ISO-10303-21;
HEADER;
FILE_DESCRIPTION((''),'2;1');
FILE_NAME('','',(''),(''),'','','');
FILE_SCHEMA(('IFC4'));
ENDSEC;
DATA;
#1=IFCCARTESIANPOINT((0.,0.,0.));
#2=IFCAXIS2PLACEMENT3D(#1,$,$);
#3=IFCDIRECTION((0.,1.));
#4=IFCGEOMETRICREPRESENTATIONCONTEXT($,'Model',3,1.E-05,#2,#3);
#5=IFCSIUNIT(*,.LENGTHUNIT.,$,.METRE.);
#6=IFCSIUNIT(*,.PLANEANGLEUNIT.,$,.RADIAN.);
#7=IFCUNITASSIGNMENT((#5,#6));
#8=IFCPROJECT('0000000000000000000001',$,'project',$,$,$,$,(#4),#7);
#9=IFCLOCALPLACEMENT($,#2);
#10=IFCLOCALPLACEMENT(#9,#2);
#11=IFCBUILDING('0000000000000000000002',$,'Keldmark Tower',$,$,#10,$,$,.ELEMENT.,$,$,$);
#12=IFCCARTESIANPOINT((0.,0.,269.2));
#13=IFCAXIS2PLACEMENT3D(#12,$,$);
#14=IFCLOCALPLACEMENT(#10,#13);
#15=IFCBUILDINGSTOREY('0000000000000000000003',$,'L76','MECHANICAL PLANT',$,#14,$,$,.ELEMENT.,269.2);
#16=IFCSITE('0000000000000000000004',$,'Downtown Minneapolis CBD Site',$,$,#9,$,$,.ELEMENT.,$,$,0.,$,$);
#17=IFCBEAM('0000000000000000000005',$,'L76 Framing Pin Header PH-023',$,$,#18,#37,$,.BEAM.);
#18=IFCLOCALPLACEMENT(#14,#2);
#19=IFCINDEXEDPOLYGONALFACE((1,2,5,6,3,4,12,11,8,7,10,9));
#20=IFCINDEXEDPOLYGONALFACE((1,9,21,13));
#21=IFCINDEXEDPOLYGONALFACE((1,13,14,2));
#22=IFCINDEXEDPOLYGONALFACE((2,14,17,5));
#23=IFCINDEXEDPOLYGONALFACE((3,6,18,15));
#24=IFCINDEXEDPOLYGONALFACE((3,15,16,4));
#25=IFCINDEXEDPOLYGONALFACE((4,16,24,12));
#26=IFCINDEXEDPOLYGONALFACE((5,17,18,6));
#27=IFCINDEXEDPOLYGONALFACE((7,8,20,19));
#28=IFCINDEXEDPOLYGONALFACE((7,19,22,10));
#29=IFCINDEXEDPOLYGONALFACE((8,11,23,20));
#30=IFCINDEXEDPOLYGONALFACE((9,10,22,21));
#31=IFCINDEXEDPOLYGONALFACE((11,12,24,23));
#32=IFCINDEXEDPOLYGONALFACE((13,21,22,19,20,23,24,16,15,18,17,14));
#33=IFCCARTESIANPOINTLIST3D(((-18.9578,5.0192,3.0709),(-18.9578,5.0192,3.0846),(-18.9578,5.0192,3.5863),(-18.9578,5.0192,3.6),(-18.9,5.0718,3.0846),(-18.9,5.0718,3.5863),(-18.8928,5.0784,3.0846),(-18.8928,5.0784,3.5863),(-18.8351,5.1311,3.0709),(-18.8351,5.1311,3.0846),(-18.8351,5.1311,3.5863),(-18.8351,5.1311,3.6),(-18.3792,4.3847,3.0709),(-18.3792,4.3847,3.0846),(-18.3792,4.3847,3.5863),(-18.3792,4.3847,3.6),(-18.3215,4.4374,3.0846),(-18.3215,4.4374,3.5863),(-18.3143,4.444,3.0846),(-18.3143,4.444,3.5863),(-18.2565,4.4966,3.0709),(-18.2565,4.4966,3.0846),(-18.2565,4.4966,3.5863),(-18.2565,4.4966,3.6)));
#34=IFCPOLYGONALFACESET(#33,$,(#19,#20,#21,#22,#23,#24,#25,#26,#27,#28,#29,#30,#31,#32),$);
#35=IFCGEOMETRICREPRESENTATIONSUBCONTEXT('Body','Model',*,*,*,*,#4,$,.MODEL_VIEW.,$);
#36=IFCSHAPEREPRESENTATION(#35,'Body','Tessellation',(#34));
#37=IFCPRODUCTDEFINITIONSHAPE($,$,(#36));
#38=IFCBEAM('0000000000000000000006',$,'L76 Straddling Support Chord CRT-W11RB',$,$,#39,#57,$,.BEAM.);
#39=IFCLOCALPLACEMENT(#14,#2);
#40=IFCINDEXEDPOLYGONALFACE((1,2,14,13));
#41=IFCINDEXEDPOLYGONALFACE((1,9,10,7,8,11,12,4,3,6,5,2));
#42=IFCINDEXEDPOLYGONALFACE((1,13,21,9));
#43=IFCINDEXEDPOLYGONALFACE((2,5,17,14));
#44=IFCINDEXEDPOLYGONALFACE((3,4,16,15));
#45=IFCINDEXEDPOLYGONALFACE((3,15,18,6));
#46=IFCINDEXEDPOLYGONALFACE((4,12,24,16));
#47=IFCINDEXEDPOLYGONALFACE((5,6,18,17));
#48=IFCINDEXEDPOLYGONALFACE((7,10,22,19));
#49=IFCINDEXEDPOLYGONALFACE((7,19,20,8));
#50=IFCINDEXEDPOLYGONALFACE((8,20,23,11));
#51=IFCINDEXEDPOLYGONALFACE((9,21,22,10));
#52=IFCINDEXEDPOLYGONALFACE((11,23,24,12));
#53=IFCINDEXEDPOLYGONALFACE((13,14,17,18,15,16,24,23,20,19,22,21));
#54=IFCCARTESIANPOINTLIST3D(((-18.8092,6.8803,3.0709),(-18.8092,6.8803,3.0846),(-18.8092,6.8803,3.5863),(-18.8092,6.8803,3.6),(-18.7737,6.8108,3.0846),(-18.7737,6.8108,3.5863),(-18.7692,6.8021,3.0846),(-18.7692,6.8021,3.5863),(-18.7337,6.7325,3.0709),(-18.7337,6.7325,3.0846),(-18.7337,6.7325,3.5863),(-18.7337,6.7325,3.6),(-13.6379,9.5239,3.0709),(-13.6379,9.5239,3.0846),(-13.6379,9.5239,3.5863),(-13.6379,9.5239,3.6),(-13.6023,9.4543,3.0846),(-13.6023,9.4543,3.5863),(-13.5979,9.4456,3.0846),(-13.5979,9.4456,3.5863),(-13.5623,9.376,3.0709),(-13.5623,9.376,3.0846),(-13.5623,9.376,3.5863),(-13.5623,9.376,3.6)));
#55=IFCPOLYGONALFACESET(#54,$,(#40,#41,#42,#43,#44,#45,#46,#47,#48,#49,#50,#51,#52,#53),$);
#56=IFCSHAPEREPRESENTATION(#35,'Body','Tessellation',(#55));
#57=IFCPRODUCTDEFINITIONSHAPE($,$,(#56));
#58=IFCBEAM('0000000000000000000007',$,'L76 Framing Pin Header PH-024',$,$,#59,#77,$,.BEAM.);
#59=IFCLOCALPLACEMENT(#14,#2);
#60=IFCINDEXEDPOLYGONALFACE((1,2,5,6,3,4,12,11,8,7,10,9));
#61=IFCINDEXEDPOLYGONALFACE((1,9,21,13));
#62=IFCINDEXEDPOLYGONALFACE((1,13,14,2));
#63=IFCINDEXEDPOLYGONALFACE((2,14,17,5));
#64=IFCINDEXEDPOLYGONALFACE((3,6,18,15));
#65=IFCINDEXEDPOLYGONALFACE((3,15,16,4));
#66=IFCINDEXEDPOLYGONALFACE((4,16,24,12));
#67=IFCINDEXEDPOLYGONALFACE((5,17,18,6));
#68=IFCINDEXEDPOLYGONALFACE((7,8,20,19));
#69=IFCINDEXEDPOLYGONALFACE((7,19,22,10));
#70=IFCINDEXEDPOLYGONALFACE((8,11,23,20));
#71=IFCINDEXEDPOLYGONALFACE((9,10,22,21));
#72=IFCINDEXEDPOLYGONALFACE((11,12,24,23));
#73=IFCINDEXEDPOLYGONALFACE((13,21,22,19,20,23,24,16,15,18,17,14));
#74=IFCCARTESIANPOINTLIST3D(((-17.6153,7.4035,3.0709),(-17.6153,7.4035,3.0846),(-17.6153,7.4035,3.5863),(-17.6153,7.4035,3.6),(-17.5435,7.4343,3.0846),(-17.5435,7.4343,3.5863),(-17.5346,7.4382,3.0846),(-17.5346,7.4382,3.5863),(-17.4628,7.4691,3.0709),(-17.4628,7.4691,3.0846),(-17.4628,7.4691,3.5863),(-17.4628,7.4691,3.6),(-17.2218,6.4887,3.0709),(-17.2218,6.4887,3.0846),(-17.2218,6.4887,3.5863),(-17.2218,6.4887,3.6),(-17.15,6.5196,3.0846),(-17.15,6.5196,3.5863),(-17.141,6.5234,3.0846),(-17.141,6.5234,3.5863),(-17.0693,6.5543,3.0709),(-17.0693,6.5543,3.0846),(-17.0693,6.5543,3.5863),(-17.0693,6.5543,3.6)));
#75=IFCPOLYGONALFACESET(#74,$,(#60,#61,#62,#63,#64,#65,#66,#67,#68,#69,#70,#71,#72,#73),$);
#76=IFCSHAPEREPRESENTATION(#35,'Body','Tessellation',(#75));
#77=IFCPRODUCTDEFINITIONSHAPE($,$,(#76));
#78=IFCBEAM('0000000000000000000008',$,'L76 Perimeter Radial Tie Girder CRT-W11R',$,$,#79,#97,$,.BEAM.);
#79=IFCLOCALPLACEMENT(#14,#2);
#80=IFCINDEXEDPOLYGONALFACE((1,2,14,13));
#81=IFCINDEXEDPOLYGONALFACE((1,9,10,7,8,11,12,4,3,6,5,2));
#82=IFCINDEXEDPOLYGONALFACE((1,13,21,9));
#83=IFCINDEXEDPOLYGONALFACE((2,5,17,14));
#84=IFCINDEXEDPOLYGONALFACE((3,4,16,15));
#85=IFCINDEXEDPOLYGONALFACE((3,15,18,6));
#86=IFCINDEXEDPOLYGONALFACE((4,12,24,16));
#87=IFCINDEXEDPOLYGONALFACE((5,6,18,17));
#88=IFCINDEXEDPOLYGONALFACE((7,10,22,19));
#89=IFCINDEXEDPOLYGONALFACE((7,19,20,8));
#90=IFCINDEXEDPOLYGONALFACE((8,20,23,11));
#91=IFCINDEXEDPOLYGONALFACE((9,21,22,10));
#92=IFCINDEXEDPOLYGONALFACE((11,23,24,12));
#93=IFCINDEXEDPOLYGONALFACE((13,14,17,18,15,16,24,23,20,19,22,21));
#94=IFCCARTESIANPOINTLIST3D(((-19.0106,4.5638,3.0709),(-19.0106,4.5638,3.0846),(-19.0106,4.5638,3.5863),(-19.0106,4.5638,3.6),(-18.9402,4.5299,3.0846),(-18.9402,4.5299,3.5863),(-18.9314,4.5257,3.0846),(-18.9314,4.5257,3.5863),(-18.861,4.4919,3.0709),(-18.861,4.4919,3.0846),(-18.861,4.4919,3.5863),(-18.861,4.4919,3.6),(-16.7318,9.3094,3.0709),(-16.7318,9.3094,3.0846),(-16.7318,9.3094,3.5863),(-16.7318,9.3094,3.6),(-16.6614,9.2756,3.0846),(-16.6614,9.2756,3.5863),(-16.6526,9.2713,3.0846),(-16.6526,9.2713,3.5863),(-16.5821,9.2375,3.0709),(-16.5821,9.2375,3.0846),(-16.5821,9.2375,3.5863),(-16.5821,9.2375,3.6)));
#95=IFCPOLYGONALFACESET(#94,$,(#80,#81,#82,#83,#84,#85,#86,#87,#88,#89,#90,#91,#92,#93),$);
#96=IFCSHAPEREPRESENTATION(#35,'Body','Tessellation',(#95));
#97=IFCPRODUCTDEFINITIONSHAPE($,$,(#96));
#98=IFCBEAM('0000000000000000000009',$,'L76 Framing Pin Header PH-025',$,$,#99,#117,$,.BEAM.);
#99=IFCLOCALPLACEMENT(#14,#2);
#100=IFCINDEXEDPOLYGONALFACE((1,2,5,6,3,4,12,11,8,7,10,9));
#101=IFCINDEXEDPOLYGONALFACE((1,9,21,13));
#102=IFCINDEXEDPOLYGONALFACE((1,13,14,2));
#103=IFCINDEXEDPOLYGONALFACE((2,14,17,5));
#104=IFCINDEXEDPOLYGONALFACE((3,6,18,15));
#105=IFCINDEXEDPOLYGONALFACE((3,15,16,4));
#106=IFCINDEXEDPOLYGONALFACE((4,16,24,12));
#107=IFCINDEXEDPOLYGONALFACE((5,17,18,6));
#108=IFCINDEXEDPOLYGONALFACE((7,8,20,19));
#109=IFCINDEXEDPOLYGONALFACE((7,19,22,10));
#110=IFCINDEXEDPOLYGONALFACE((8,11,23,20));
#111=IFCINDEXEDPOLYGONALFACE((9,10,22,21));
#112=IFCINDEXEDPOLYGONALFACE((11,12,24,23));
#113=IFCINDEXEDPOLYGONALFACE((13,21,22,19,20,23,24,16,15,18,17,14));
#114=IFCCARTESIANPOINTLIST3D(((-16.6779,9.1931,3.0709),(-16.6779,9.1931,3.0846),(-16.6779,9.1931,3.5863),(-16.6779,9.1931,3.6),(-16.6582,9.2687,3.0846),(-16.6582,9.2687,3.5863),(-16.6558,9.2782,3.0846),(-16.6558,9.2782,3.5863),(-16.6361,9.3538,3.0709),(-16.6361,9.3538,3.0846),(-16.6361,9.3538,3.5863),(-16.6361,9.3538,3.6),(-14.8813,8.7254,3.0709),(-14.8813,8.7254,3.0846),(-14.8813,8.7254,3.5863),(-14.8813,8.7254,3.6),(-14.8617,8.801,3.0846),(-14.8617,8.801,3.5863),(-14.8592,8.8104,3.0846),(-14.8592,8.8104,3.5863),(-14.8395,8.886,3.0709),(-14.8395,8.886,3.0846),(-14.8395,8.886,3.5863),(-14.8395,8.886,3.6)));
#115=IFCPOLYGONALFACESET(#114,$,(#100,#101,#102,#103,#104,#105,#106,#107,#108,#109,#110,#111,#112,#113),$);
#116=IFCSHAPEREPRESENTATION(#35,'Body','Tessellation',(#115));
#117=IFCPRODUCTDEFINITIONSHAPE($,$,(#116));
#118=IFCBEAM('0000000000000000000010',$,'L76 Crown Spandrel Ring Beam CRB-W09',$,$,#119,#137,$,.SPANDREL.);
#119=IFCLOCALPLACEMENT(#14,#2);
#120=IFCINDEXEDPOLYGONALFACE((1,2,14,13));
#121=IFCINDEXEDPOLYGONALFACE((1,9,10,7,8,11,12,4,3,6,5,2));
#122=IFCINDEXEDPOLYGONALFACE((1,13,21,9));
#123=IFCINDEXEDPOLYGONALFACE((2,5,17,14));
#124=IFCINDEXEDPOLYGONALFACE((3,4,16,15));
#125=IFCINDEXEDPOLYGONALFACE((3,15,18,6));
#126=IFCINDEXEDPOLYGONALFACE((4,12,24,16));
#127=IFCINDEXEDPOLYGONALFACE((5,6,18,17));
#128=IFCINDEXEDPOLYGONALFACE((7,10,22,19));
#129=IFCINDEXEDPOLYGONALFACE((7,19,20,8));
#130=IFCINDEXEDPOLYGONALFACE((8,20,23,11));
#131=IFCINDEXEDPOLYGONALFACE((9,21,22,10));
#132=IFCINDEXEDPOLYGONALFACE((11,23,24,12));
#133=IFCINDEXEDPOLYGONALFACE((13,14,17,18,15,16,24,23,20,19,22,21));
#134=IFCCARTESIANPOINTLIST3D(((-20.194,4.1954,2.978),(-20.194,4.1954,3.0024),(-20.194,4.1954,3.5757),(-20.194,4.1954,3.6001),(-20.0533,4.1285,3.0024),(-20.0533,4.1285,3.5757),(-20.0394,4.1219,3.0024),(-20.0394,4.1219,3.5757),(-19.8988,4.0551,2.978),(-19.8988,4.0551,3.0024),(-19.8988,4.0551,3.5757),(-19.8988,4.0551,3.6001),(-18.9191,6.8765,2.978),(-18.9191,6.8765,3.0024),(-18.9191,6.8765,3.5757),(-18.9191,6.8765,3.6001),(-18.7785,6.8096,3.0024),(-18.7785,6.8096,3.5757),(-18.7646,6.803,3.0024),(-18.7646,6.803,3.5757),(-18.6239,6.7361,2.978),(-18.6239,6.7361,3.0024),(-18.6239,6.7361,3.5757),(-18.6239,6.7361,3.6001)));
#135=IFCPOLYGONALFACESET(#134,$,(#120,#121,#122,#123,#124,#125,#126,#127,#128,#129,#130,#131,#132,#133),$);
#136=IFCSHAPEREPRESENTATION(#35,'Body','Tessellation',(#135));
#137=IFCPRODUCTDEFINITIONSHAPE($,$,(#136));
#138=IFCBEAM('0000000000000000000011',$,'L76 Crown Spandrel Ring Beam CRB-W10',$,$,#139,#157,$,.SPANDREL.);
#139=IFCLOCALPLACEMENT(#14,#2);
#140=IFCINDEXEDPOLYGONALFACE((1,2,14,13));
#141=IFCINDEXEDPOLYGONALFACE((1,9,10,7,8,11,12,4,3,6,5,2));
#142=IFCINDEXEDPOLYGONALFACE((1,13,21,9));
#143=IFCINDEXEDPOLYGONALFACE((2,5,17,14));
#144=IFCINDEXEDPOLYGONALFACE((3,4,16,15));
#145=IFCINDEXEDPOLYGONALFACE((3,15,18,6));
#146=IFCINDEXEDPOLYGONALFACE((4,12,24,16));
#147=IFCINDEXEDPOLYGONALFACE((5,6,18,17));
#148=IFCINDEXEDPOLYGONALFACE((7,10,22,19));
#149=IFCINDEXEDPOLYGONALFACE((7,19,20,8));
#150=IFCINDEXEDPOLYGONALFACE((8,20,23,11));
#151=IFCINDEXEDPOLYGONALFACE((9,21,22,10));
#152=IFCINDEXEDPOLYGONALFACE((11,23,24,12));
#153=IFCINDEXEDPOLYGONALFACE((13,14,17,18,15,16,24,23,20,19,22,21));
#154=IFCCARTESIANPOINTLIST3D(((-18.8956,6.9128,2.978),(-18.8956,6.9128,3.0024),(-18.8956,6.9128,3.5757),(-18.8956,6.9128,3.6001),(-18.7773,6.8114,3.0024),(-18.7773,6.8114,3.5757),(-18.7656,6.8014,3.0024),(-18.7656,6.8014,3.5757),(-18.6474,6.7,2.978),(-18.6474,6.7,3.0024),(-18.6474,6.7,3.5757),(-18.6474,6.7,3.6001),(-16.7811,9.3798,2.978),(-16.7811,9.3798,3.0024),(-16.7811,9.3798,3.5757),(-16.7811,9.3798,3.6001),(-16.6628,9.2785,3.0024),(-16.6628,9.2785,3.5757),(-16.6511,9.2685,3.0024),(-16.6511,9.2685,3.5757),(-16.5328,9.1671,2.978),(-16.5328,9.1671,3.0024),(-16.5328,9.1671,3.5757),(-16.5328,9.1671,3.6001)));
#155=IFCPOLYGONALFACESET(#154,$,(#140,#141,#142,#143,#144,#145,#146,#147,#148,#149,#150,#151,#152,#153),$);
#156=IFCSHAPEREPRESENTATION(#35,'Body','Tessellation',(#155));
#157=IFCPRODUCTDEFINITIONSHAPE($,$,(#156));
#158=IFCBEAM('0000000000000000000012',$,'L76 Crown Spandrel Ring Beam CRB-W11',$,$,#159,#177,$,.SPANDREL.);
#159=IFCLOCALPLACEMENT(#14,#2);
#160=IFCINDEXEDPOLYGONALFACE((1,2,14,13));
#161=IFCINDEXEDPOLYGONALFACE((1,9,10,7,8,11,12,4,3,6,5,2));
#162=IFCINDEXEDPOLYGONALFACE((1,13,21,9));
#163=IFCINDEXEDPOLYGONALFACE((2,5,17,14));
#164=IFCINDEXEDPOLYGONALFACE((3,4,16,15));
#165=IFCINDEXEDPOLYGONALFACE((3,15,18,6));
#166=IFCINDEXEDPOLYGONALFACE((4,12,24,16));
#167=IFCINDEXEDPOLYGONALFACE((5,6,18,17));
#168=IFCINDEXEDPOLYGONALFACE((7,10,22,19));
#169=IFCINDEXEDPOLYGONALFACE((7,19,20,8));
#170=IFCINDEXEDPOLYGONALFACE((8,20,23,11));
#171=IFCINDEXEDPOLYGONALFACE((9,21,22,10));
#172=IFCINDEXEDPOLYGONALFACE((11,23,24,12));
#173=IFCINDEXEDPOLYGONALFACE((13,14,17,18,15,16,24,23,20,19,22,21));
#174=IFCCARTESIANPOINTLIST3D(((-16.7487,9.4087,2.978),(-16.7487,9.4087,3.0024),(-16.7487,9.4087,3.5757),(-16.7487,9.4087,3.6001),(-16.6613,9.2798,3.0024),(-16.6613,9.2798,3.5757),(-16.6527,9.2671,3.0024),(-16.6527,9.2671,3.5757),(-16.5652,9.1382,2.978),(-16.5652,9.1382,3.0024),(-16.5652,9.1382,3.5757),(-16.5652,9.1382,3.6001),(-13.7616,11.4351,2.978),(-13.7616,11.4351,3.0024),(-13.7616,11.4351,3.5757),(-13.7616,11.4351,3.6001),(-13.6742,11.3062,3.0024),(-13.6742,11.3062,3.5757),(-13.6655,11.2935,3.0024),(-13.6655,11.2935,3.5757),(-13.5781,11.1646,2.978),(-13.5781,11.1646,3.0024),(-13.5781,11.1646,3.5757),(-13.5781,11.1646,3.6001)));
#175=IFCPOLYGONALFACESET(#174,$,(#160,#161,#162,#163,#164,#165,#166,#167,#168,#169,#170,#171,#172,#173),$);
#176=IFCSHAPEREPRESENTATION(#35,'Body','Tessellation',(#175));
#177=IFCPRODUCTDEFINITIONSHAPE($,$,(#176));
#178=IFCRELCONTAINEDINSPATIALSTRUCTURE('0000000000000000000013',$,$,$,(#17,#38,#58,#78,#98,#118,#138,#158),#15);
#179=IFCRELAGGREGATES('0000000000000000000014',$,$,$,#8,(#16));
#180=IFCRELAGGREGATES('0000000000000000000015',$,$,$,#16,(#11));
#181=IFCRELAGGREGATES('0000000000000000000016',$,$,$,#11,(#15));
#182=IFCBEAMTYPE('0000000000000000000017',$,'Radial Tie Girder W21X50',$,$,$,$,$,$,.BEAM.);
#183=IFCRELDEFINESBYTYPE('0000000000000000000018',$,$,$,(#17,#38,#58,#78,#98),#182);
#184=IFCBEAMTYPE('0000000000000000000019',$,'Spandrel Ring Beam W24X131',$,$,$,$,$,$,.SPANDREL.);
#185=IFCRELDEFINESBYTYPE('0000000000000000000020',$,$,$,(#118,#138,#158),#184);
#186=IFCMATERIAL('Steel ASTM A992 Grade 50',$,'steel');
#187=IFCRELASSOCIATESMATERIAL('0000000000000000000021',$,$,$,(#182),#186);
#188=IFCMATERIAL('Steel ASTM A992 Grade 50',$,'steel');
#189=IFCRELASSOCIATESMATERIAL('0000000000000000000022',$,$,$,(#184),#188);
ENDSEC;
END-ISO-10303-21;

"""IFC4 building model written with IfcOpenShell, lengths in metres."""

from ifc_helpers import new_model, si_unit, direction, frame, origin, origin_2d, place, context, subcontext, project, spatial, i_section, extrude, material, material_profile, profile_set, type_object, element, save


model = new_model("IFC4")

# Units and contexts
model_context = context("Model", 3, precision=1e-05, world=origin(), true_north=direction((0.0, 1.0)))
body_context = subcontext(model_context, "Body", "Model", "MODEL_VIEW")
ifc_project = project(units=[si_unit("LENGTHUNIT", "METRE"), si_unit("PLANEANGLEUNIT", "RADIAN")], contexts=[model_context])

# Site, building, storey
site_placement = place(None, origin())
site = spatial("IfcSite", under=ifc_project, at=site_placement, Name="Downtown Minneapolis CBD Site", CompositionType="ELEMENT", RefElevation=0.0)
building_placement = place(site_placement, origin())
building = spatial("IfcBuilding", under=site, at=building_placement, Name="Keldmark Tower", CompositionType="ELEMENT")
storey_placement = place(building_placement, frame((0.0, 0.0, 269.2)))
storey = spatial("IfcBuildingStorey", under=building, at=storey_placement, Name="L76", Description="MECHANICAL PLANT", CompositionType="ELEMENT", Elevation=269.2)

# Beams
ifc_material_1 = material(Name="Steel ASTM A992 Grade 50", Category="steel")
ifc_material_profile_1 = material_profile(ifc_material_1, i_section(OverallWidth=0.166, OverallDepth=0.5291, WebThickness=0.0098, FlangeThickness=0.0137, at=origin_2d()), Name="W21X50")
ifc_profile_set_1 = profile_set([ifc_material_profile_1], Name="Steel ASTM A992 Grade 50")
beam_type_1 = type_object("IfcBeamType", Name="Radial Tie Girder W21X50", PredefinedType="BEAM", material=ifc_profile_set_1)
beam_1_placement = place(storey_placement, frame((-18.3179, 4.4407, 3.3354), z_axis=(-0.673804, 0.73891, 0.0), x_axis=(-0.73891, -0.673804, 0.0)))
element("IfcBeam", 1, at=beam_1_placement, inside=storey, type_object=beam_type_1, Name="L76 Framing Pin Header PH-023", PredefinedType="BEAM", context=body_context, shape_type="SweptSolid", body=[
    extrude(i_section(OverallWidth=0.166, OverallDepth=0.5291, WebThickness=0.0098, FlangeThickness=0.0137, at=origin_2d()), origin(), (0.0, 0.0, 1.0), 0.8586),
])
beam_2_placement = place(storey_placement, frame((-13.6001, 9.45, 3.3354), z_axis=(-0.890407, -0.455166, 0.0), x_axis=(0.455166, -0.890407, 0.0)))
element("IfcBeam", 2, at=beam_2_placement, inside=storey, type_object=beam_type_1, Name="L76 Straddling Support Chord CRT-W11RB", PredefinedType="BEAM", context=body_context, shape_type="SweptSolid", body=[
    extrude(i_section(OverallWidth=0.166, OverallDepth=0.5291, WebThickness=0.0098, FlangeThickness=0.0137, at=origin_2d()), origin(), (0.0, 0.0, 1.0), 5.8079),
])
beam_3_placement = place(storey_placement, frame((-17.1455, 6.5215, 3.3354), z_axis=(-0.395191, 0.918599, 0.0), x_axis=(-0.918599, -0.395191, 0.0)))
element("IfcBeam", 3, at=beam_3_placement, inside=storey, type_object=beam_type_1, Name="L76 Framing Pin Header PH-024", PredefinedType="BEAM", context=body_context, shape_type="SweptSolid", body=[
    extrude(i_section(OverallWidth=0.166, OverallDepth=0.5291, WebThickness=0.0098, FlangeThickness=0.0137, at=origin_2d()), origin(), (0.0, 0.0, 1.0), 0.9958),
])
beam_4_placement = place(storey_placement, frame((-18.9358, 4.5278, 3.3354), z_axis=(0.432873, 0.901455, 0.0), x_axis=(-0.901455, 0.432873, 0.0)))
element("IfcBeam", 4, at=beam_4_placement, inside=storey, type_object=beam_type_1, Name="L76 Perimeter Radial Tie Girder CRT-W11R", PredefinedType="BEAM", context=body_context, shape_type="SweptSolid", body=[
    extrude(i_section(OverallWidth=0.166, OverallDepth=0.5291, WebThickness=0.0098, FlangeThickness=0.0137, at=origin_2d()), origin(), (0.0, 0.0, 1.0), 5.2644),
])
beam_5_placement = place(storey_placement, frame((-16.657, 9.2734, 3.3354), z_axis=(0.967737, -0.251961, 0.0), x_axis=(0.251961, 0.967737, 0.0)))
element("IfcBeam", 5, at=beam_5_placement, inside=storey, type_object=beam_type_1, Name="L76 Framing Pin Header PH-025", PredefinedType="BEAM", context=body_context, shape_type="SweptSolid", body=[
    extrude(i_section(OverallWidth=0.166, OverallDepth=0.5291, WebThickness=0.0098, FlangeThickness=0.0137, at=origin_2d()), origin(), (0.0, 0.0, 1.0), 1.8564),
])
ifc_material_2 = material(Name="Steel ASTM A992 Grade 50", Category="steel")
ifc_material_profile_2 = material_profile(ifc_material_2, i_section(OverallWidth=0.3269, OverallDepth=0.6221, WebThickness=0.0154, FlangeThickness=0.0244, at=origin_2d()), Name="W24X131")
ifc_profile_set_2 = profile_set([ifc_material_profile_2], Name="Steel ASTM A992 Grade 50")
beam_type_2 = type_object("IfcBeamType", Name="Spandrel Ring Beam W24X131", PredefinedType="SPANDREL", material=ifc_profile_set_2)
beam_6_placement = place(storey_placement, frame((-20.0464, 4.1252, 3.2891), z_axis=(0.429429, 0.903101, 0.0), x_axis=(-0.903101, 0.429429, 0.0)))
element("IfcBeam", 6, at=beam_6_placement, inside=storey, type_object=beam_type_2, Name="L76 Crown Spandrel Ring Beam CRB-W09", PredefinedType="SPANDREL", context=body_context, shape_type="SweptSolid", body=[
    extrude(i_section(OverallWidth=0.3269, OverallDepth=0.6221, WebThickness=0.0154, FlangeThickness=0.0244, at=origin_2d()), origin(), (0.0, 0.0, 1.0), 2.9688),
])
beam_7_placement = place(storey_placement, frame((-18.7715, 6.8064, 3.2891), z_axis=(0.650773, 0.759273, 0.0), x_axis=(-0.759273, 0.650773, 0.0)))
element("IfcBeam", 7, at=beam_7_placement, inside=storey, type_object=beam_type_2, Name="L76 Crown Spandrel Ring Beam CRB-W10", PredefinedType="SPANDREL", context=body_context, shape_type="SweptSolid", body=[
    extrude(i_section(OverallWidth=0.3269, OverallDepth=0.6221, WebThickness=0.0154, FlangeThickness=0.0244, at=origin_2d()), origin(), (0.0, 0.0, 1.0), 3.2493),
])
beam_8_placement = place(storey_placement, frame((-16.657, 9.2734, 3.2891), z_axis=(0.827549, 0.561394, 0.0), x_axis=(-0.561394, 0.827549, 0.0)))
element("IfcBeam", 8, at=beam_8_placement, inside=storey, type_object=beam_type_2, Name="L76 Crown Spandrel Ring Beam CRB-W11", PredefinedType="SPANDREL", context=body_context, shape_type="SweptSolid", body=[
    extrude(i_section(OverallWidth=0.3269, OverallDepth=0.6221, WebThickness=0.0154, FlangeThickness=0.0244, at=origin_2d()), origin(), (0.0, 0.0, 1.0), 3.6096),
])

save(model, "model.ifc")
